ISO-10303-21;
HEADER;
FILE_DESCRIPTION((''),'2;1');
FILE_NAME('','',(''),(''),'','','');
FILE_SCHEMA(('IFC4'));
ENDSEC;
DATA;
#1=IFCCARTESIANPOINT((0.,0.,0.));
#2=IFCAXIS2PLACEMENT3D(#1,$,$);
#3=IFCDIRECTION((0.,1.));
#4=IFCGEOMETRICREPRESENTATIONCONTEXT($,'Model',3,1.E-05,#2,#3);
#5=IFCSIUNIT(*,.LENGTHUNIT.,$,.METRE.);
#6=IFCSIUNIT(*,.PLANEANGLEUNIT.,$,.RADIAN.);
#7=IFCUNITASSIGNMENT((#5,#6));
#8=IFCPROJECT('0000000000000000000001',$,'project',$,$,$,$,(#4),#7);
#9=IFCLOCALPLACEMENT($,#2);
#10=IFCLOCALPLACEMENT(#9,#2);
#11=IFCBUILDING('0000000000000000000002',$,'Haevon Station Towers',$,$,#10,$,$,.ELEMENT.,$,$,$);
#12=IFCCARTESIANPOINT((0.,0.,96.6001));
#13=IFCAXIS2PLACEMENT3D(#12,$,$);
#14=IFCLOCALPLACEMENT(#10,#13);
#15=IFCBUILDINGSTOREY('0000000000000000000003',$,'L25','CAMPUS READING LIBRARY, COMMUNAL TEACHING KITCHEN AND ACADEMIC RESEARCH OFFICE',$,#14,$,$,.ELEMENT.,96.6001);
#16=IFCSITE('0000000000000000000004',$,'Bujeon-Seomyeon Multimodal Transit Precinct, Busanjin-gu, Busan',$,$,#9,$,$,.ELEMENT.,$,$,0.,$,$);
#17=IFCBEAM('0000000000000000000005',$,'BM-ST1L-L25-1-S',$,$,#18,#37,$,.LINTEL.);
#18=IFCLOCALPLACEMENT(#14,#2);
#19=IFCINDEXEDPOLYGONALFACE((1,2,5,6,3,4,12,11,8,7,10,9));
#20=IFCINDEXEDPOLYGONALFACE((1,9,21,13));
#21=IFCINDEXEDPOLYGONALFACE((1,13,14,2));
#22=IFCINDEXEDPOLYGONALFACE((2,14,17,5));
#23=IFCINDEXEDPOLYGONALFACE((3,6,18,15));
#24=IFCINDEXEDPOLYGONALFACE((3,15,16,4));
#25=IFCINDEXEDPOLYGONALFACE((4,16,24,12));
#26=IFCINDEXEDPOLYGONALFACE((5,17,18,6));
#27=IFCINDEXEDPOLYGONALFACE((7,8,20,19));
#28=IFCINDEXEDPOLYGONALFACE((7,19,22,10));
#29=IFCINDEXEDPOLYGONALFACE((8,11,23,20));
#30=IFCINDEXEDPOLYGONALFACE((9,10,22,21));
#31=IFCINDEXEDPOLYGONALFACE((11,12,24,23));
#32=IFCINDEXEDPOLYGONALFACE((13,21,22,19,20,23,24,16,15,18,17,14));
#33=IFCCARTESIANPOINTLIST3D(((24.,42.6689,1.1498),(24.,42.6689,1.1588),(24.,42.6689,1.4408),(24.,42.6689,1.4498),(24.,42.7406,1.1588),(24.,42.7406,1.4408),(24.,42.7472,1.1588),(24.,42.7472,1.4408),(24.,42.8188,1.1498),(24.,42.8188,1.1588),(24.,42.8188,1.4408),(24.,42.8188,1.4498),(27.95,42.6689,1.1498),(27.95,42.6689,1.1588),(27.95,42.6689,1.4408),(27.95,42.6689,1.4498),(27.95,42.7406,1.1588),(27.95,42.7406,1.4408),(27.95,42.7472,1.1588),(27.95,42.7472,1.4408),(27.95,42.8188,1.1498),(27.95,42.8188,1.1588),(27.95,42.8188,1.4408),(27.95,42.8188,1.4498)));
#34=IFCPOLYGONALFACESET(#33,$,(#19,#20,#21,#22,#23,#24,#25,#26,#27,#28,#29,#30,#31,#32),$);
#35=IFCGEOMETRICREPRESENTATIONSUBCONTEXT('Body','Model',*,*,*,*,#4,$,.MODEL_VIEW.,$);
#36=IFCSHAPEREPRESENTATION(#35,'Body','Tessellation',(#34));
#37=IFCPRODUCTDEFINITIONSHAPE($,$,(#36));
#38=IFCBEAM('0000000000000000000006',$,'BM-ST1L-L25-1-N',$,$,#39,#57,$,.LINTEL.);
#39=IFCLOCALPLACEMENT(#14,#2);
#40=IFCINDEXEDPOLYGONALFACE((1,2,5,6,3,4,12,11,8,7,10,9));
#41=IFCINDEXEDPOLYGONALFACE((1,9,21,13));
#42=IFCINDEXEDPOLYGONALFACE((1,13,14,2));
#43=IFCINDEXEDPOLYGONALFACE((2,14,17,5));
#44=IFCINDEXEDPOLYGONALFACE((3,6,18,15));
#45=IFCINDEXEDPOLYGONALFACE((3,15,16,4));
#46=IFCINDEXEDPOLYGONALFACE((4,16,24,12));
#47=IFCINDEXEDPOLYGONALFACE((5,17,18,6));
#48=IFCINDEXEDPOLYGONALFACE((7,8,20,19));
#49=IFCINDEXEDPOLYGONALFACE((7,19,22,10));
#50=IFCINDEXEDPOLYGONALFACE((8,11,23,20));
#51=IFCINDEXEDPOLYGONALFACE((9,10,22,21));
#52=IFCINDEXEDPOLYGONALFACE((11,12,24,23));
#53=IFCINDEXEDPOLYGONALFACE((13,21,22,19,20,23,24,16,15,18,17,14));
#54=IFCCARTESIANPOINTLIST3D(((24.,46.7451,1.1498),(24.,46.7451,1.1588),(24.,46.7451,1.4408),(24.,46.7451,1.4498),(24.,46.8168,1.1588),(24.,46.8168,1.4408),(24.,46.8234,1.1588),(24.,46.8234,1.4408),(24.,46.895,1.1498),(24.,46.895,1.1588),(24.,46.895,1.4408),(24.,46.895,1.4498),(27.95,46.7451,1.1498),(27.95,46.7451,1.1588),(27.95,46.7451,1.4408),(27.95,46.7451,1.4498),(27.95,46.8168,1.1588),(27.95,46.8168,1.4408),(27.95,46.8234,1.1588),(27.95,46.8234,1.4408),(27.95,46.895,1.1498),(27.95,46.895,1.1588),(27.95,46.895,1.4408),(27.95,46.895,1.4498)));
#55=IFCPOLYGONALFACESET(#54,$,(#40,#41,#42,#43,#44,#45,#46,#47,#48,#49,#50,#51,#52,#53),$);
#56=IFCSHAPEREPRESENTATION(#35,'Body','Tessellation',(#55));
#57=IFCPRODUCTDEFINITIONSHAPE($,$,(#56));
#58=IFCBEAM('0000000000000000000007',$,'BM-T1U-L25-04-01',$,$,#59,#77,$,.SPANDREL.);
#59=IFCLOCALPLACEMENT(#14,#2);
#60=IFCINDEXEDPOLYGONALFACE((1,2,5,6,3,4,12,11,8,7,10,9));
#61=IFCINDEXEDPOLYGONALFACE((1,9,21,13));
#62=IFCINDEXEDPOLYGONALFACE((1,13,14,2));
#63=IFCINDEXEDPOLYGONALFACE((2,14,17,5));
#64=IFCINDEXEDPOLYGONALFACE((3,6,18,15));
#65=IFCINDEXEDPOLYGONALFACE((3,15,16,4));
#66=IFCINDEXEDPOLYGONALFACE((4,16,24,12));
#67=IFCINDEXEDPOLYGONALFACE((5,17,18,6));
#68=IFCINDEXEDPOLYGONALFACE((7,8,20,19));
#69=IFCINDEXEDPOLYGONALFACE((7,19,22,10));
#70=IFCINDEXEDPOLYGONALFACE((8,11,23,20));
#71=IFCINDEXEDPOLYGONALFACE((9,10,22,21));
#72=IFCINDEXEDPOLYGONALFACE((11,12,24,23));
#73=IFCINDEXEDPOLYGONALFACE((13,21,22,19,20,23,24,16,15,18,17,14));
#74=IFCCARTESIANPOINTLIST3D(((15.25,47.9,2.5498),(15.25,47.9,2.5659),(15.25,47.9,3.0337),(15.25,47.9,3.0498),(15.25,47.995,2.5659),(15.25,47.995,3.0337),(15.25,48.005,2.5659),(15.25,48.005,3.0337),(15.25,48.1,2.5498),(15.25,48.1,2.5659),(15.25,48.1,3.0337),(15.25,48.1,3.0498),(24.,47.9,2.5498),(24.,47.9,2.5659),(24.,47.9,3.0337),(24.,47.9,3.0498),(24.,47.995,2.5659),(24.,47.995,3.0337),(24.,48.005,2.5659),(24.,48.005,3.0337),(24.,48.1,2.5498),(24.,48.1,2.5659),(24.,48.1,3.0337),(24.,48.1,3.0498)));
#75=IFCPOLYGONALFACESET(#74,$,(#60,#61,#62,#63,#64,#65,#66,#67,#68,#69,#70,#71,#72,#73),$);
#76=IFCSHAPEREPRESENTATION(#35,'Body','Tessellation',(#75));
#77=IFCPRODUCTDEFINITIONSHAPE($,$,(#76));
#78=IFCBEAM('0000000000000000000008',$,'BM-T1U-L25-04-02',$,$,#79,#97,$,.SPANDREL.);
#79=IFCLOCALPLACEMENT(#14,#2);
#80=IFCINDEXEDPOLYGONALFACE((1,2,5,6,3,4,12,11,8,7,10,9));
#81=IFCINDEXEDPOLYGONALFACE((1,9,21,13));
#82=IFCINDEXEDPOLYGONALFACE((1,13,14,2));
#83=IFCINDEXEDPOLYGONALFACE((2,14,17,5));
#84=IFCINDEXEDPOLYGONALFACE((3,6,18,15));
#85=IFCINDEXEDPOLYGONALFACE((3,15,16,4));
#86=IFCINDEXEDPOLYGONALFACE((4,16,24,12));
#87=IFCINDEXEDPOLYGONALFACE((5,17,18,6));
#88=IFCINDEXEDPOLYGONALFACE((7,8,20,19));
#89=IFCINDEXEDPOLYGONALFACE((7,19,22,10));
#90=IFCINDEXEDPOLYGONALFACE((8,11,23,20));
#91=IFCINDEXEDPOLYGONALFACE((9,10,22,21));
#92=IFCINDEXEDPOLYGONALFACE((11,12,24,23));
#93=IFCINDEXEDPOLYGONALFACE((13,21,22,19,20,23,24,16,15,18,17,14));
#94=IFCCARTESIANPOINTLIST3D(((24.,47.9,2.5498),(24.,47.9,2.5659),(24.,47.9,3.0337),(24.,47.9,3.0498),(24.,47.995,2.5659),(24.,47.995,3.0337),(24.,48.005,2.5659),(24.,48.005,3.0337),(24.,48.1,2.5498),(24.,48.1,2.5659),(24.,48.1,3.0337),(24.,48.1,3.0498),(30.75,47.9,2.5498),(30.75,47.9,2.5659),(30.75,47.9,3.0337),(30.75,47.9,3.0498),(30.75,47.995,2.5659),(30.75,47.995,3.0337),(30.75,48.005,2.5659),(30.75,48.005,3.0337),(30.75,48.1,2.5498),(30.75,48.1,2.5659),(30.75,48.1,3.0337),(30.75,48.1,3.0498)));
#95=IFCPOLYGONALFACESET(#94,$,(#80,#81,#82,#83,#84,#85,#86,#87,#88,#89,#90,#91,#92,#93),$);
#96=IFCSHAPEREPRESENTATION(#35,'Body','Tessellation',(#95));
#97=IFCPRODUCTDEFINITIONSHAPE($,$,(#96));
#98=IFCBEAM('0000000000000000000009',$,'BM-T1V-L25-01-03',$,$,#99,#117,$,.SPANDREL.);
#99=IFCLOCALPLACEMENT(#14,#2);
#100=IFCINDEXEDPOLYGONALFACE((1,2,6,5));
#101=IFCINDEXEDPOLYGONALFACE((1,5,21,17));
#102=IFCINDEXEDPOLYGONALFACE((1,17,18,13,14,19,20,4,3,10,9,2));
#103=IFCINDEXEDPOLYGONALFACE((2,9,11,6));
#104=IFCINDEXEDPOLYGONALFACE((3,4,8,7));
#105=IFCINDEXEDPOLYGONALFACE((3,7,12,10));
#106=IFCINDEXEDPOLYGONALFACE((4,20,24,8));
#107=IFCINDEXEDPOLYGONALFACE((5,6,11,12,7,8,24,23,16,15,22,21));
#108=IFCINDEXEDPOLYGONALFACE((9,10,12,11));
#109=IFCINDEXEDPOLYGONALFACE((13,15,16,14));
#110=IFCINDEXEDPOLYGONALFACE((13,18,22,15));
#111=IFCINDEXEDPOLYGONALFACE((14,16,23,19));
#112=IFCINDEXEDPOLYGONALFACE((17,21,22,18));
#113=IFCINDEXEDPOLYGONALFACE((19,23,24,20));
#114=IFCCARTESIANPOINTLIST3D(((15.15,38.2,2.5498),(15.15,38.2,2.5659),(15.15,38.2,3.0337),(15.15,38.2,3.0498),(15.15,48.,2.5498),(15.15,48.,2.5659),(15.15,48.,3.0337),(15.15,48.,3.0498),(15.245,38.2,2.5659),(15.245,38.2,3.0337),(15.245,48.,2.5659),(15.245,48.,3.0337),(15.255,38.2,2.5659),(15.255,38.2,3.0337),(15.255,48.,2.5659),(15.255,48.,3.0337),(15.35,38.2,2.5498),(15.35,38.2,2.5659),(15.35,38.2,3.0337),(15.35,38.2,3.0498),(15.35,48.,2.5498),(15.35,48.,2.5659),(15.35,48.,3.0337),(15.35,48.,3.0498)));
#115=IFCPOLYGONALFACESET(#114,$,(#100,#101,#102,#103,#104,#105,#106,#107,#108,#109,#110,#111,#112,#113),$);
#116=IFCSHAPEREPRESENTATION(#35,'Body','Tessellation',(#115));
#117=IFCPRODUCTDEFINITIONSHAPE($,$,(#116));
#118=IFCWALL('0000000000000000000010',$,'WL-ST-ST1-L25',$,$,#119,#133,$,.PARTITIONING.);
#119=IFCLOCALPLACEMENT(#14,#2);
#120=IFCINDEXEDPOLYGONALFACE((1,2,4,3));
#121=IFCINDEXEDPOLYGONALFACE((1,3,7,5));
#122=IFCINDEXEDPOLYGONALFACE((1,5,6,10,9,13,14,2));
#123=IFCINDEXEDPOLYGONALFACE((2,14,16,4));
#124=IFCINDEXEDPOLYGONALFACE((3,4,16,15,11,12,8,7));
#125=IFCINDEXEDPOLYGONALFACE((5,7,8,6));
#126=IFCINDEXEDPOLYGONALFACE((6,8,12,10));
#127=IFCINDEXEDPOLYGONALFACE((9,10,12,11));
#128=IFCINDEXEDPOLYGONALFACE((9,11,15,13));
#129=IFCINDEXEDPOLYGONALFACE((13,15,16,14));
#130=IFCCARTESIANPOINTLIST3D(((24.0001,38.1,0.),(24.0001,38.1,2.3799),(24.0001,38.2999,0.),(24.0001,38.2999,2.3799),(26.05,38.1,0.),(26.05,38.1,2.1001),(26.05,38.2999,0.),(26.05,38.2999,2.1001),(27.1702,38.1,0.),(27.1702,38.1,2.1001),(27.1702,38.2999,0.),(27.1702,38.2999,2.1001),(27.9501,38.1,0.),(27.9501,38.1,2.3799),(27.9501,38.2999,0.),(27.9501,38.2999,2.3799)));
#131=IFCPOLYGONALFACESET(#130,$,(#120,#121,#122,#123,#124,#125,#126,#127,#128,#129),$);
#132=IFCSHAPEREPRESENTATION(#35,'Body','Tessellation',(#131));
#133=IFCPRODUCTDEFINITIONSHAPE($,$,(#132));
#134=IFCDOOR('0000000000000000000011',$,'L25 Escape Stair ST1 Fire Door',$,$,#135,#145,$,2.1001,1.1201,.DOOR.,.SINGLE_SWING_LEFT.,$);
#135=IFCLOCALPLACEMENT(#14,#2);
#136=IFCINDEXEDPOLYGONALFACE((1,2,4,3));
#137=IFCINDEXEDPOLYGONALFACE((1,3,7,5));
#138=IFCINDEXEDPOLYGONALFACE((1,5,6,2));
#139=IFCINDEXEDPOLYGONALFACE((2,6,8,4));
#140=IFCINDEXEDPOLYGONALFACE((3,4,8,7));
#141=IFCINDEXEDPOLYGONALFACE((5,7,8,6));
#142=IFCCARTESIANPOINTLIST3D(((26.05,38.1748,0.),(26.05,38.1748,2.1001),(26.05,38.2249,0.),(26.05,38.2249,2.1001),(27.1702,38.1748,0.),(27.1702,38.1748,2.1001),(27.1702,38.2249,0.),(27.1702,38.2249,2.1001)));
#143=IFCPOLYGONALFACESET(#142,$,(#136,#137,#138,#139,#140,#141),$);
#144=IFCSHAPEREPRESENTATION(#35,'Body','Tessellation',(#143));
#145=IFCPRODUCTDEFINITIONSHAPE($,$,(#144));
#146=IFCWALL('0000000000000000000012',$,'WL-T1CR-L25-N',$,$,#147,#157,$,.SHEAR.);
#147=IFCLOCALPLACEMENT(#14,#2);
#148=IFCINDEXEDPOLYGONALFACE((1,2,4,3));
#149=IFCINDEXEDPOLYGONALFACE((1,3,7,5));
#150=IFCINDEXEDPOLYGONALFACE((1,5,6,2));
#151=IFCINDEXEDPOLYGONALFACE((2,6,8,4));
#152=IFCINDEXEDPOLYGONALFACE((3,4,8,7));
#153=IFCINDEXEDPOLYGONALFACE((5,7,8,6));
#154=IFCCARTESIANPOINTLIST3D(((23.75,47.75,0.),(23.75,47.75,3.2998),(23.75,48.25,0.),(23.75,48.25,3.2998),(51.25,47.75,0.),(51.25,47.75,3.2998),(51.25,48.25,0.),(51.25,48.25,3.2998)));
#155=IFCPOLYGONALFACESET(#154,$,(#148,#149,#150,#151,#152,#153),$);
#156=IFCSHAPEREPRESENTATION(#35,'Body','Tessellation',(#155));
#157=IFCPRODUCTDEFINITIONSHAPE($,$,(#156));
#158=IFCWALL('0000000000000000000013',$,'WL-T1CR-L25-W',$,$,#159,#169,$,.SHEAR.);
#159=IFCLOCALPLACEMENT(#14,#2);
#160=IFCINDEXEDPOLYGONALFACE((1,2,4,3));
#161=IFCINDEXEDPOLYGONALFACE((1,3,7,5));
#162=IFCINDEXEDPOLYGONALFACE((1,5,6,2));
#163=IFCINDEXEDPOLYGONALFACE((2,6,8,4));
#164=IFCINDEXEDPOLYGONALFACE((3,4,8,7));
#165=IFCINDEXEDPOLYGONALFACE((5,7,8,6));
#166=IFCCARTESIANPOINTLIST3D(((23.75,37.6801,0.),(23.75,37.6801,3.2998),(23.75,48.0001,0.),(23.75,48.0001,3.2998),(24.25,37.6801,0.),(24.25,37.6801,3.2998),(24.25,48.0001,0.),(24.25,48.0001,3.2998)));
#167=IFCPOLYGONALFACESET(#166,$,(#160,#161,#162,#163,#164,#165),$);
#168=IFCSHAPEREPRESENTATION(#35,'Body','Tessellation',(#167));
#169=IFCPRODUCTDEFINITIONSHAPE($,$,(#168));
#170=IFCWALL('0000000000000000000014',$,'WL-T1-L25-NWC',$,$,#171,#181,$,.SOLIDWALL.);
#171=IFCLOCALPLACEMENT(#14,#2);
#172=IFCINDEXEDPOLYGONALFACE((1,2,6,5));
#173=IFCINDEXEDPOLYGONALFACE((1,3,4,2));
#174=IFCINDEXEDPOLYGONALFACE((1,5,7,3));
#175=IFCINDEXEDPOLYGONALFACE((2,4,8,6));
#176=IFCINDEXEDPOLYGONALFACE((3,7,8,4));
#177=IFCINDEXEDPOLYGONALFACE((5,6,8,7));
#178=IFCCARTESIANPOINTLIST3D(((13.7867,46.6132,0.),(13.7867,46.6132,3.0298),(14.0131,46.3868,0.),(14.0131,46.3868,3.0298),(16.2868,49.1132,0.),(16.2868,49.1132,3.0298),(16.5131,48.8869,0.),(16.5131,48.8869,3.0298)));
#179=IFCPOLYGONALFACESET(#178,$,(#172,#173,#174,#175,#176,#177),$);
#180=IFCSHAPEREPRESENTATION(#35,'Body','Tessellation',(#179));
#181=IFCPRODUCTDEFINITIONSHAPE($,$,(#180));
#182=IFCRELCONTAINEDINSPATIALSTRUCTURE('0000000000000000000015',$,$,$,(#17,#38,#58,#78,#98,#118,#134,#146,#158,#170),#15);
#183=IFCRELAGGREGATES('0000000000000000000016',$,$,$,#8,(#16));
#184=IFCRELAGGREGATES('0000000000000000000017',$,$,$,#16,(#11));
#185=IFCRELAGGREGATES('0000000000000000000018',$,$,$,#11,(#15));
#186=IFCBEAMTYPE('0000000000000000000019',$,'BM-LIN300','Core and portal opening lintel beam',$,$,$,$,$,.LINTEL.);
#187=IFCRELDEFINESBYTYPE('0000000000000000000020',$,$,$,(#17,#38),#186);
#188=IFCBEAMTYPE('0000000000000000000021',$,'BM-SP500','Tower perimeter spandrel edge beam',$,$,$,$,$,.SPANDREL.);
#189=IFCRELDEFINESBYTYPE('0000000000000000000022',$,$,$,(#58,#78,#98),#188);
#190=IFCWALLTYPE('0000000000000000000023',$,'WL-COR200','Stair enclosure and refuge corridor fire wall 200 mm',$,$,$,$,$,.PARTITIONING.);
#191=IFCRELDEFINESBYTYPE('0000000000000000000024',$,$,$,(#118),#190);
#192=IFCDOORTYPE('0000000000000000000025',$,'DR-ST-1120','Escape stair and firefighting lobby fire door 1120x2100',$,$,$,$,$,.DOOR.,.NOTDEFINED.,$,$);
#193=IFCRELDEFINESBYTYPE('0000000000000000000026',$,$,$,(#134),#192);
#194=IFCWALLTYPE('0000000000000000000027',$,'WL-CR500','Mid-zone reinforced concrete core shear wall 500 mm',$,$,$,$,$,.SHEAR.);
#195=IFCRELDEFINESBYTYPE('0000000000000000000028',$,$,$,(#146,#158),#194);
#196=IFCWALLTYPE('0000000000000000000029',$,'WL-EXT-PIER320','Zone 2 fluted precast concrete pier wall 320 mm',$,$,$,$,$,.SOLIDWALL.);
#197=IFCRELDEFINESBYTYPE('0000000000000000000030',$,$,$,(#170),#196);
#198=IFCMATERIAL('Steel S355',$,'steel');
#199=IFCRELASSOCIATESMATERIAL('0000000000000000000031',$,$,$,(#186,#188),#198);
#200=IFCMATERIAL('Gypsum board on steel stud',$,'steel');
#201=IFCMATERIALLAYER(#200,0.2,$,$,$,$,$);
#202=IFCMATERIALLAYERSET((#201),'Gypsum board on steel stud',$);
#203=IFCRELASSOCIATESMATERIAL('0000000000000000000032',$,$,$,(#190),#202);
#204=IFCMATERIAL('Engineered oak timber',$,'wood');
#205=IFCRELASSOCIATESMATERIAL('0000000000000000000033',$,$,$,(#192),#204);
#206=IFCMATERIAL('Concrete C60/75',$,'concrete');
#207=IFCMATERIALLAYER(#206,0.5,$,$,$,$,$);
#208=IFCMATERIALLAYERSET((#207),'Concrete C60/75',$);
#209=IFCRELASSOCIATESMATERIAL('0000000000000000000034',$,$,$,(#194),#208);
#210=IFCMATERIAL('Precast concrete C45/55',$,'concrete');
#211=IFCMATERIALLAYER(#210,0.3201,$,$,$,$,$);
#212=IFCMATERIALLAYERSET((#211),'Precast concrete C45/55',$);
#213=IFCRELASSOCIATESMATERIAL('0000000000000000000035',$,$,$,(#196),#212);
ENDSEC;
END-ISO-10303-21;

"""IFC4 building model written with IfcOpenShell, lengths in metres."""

from ifc_helpers import new_model, si_unit, direction, frame, frame_2d, origin, origin_2d, place, context, subcontext, project, spatial, rectangle, i_section, extrude, material, layer, layer_set, material_profile, profile_set, type_object, element, fill, save


model = new_model("IFC4")

# Units and contexts
model_context = context("Model", 3, precision=1e-05, world=origin(), true_north=direction((0.0, 1.0)))
body_context = subcontext(model_context, "Body", "Model", "MODEL_VIEW")
ifc_project = project(units=[si_unit("LENGTHUNIT", "METRE"), si_unit("PLANEANGLEUNIT", "RADIAN")], contexts=[model_context])

# Site, building, storey
site_placement = place(None, origin())
site = spatial("IfcSite", under=ifc_project, at=site_placement, Name="Bujeon-Seomyeon Multimodal Transit Precinct, Busanjin-gu, Busan", CompositionType="ELEMENT", RefElevation=0.0)
building_placement = place(site_placement, origin())
building = spatial("IfcBuilding", under=site, at=building_placement, Name="Haevon Station Towers", CompositionType="ELEMENT")
storey_placement = place(building_placement, frame((0.0, 0.0, 96.6001)))
storey = spatial("IfcBuildingStorey", under=building, at=storey_placement, Name="L25", Description="CAMPUS READING LIBRARY, COMMUNAL TEACHING KITCHEN AND ACADEMIC RESEARCH OFFICE", CompositionType="ELEMENT", Elevation=96.6001)

# Beams
ifc_material_1 = material(Name="Steel S355", Category="steel")
ifc_material_profile_1 = material_profile(ifc_material_1, i_section(OverallWidth=0.1499, OverallDepth=0.3, WebThickness=0.0066, FlangeThickness=0.009, at=origin_2d()), Name="H-300x150x6.5x9")
ifc_profile_set_1 = profile_set([ifc_material_profile_1], Name="Steel S355")
beam_type_1 = type_object("IfcBeamType", Name="BM-LIN300", Description="Core and portal opening lintel beam", PredefinedType="LINTEL", material=ifc_profile_set_1)
for number, where, z_axis, x_axis, name in (
    (1, (24.0, 42.7439, 1.2998), (1.0, 0.0, 0.0), (0.0, 1.0, 0.0), "BM-ST1L-L25-1-S"),
    (2, (24.0, 46.8201, 1.2998), (1.0, 0.0, 0.0), (0.0, 1.0, 0.0), "BM-ST1L-L25-1-N"),
):
    element("IfcBeam", number, at=place(storey_placement, frame(where, z_axis=z_axis, x_axis=x_axis)), inside=storey, type_object=beam_type_1, Name=name, PredefinedType="LINTEL", context=body_context, shape_type="SweptSolid", body=[
        extrude(i_section(OverallWidth=0.1499, OverallDepth=0.3, WebThickness=0.0066, FlangeThickness=0.009, at=origin_2d()), origin(), (0.0, 0.0, 1.0), 3.95),
    ])
ifc_material_profile_2 = material_profile(ifc_material_1, i_section(OverallWidth=0.2, OverallDepth=0.5, WebThickness=0.01, FlangeThickness=0.0161, at=origin_2d()), Name="H-500x200x10x16")
ifc_profile_set_2 = profile_set([ifc_material_profile_2], Name="Steel S355")
beam_type_2 = type_object("IfcBeamType", Name="BM-SP500", Description="Tower perimeter spandrel edge beam", PredefinedType="SPANDREL", material=ifc_profile_set_2)
beam_1_placement = place(storey_placement, frame((15.25, 48.0, 2.7998), z_axis=(1.0, 0.0, 0.0), x_axis=(0.0, 1.0, 0.0)))
element("IfcBeam", 3, at=beam_1_placement, inside=storey, type_object=beam_type_2, Name="BM-T1U-L25-04-01", PredefinedType="SPANDREL", context=body_context, shape_type="SweptSolid", body=[
    extrude(i_section(OverallWidth=0.2, OverallDepth=0.5, WebThickness=0.01, FlangeThickness=0.0161, at=origin_2d()), origin(), (0.0, 0.0, 1.0), 8.75),
])
beam_2_placement = place(storey_placement, frame((24.0, 48.0, 2.7998), z_axis=(1.0, 0.0, 0.0), x_axis=(0.0, 1.0, 0.0)))
element("IfcBeam", 4, at=beam_2_placement, inside=storey, type_object=beam_type_2, Name="BM-T1U-L25-04-02", PredefinedType="SPANDREL", context=body_context, shape_type="SweptSolid", body=[
    extrude(i_section(OverallWidth=0.2, OverallDepth=0.5, WebThickness=0.01, FlangeThickness=0.0161, at=origin_2d()), origin(), (0.0, 0.0, 1.0), 6.75),
])
beam_3_placement = place(storey_placement, frame((15.25, 38.2, 2.7998), z_axis=(0.0, 1.0, 0.0), x_axis=(-1.0, 0.0, 0.0)))
element("IfcBeam", 5, at=beam_3_placement, inside=storey, type_object=beam_type_2, Name="BM-T1V-L25-01-03", PredefinedType="SPANDREL", context=body_context, shape_type="SweptSolid", body=[
    extrude(i_section(OverallWidth=0.2, OverallDepth=0.5, WebThickness=0.01, FlangeThickness=0.0161, at=origin_2d()), origin(), (0.0, 0.0, 1.0), 9.8),
])

# Wall, opening, door
ifc_material_2 = material(Name="Gypsum board on steel stud", Category="steel")
ifc_layer_1 = layer(ifc_material_2, 0.2)
ifc_layer_set_1 = layer_set([ifc_layer_1], Name="Gypsum board on steel stud")
wall_type_1 = type_object("IfcWallType", Name="WL-COR200", Description="Stair enclosure and refuge corridor fire wall 200 mm", PredefinedType="PARTITIONING", material=ifc_layer_set_1)
wall_1_placement = place(storey_placement, frame((24.0, 38.2, 0.0), z_axis=(0.0, 0.0, 1.0), x_axis=(1.0, 0.0, 0.0)))
wall_1 = element("IfcWall", 6, at=wall_1_placement, inside=storey, type_object=wall_type_1, Name="WL-ST-ST1-L25", PredefinedType="PARTITIONING", context=body_context, shape_type="SweptSolid", body=[
    extrude(rectangle(XDim=3.95, YDim=0.2, at=frame_2d((1.9751, 0.0))), origin(), (0.0, 0.0, 1.0), 2.3799),
])
opening_1_placement = place(wall_1_placement, frame((2.05, 0.0, 0.0)))
opening_1 = element("IfcOpeningElement", 7, at=opening_1_placement, cuts=wall_1, PredefinedType="OPENING", context=body_context, shape_type="SweptSolid", body=[
    extrude(rectangle(XDim=1.1201, YDim=2.1001, at=frame_2d((0.5601, 1.05))), frame((0.0, 0.1099, 0.0), z_axis=(0.0, -1.0, 0.0), x_axis=(1.0, 0.0, 0.0)), (0.0, 0.0, 1.0), 0.22),
])
ifc_material_3 = material(Name="Engineered oak timber", Category="wood")
door_type_1 = type_object("IfcDoorType", Name="DR-ST-1120", Description="Escape stair and firefighting lobby fire door 1120x2100", OperationType="NOTDEFINED", PredefinedType="DOOR", material=ifc_material_3)
door_1_placement = place(opening_1_placement, origin())
door_1 = element("IfcDoor", 8, at=door_1_placement, inside=storey, type_object=door_type_1, Name="L25 Escape Stair ST1 Fire Door", OperationType="SINGLE_SWING_LEFT", OverallHeight=2.1001, OverallWidth=1.1201, PredefinedType="DOOR", context=body_context, shape_type="SweptSolid", body=[
    extrude(rectangle(XDim=1.1201, YDim=2.1001, at=frame_2d((0.5601, 1.05))), frame((0.0, 0.0249, 0.0), z_axis=(0.0, -1.0, 0.0), x_axis=(1.0, 0.0, 0.0)), (0.0, 0.0, 1.0), 0.05),
])
fill(opening_1, door_1)

# Walls
ifc_material_4 = material(Name="Concrete C60/75", Category="concrete")
ifc_layer_2 = layer(ifc_material_4, 0.5)
ifc_layer_set_2 = layer_set([ifc_layer_2], Name="Concrete C60/75")
wall_type_2 = type_object("IfcWallType", Name="WL-CR500", Description="Mid-zone reinforced concrete core shear wall 500 mm", PredefinedType="SHEAR", material=ifc_layer_set_2)
wall_2_placement = place(storey_placement, frame((23.75, 48.0, 0.0), z_axis=(0.0, 0.0, 1.0), x_axis=(1.0, 0.0, 0.0)))
element("IfcWall", 9, at=wall_2_placement, inside=storey, type_object=wall_type_2, Name="WL-T1CR-L25-N", PredefinedType="SHEAR", context=body_context, shape_type="SweptSolid", body=[
    extrude(rectangle(XDim=27.5, YDim=0.5, at=frame_2d((13.75, 0.0))), origin(), (0.0, 0.0, 1.0), 3.2998),
])
wall_3_placement = place(storey_placement, frame((24.0, 37.6799, 0.0), z_axis=(0.0, 0.0, 1.0), x_axis=(0.0, 1.0, 0.0)))
element("IfcWall", 10, at=wall_3_placement, inside=storey, type_object=wall_type_2, Name="WL-T1CR-L25-W", PredefinedType="SHEAR", context=body_context, shape_type="SweptSolid", body=[
    extrude(rectangle(XDim=10.3201, YDim=0.5, at=frame_2d((5.1602, 0.0))), origin(), (0.0, 0.0, 1.0), 3.2998),
])
ifc_material_5 = material(Name="Precast concrete C45/55", Category="concrete")
ifc_layer_3 = layer(ifc_material_5, 0.3201)
ifc_layer_set_3 = layer_set([ifc_layer_3], Name="Precast concrete C45/55")
wall_type_3 = type_object("IfcWallType", Name="WL-EXT-PIER320", Description="Zone 2 fluted precast concrete pier wall 320 mm", PredefinedType="SOLIDWALL", material=ifc_layer_set_3)
wall_4_placement = place(storey_placement, frame((13.8999, 46.5, 0.0), z_axis=(0.0, 0.0, 1.0), x_axis=(0.707107, 0.707107, 0.0)))
element("IfcWall", 11, at=wall_4_placement, inside=storey, type_object=wall_type_3, Name="WL-T1-L25-NWC", PredefinedType="SOLIDWALL", context=body_context, shape_type="SweptSolid", body=[
    extrude(rectangle(XDim=3.5356, YDim=0.3201, at=frame_2d((1.7678, 0.0))), origin(), (0.0, 0.0, 1.0), 3.0298),
])

save(model, "model.ifc")
